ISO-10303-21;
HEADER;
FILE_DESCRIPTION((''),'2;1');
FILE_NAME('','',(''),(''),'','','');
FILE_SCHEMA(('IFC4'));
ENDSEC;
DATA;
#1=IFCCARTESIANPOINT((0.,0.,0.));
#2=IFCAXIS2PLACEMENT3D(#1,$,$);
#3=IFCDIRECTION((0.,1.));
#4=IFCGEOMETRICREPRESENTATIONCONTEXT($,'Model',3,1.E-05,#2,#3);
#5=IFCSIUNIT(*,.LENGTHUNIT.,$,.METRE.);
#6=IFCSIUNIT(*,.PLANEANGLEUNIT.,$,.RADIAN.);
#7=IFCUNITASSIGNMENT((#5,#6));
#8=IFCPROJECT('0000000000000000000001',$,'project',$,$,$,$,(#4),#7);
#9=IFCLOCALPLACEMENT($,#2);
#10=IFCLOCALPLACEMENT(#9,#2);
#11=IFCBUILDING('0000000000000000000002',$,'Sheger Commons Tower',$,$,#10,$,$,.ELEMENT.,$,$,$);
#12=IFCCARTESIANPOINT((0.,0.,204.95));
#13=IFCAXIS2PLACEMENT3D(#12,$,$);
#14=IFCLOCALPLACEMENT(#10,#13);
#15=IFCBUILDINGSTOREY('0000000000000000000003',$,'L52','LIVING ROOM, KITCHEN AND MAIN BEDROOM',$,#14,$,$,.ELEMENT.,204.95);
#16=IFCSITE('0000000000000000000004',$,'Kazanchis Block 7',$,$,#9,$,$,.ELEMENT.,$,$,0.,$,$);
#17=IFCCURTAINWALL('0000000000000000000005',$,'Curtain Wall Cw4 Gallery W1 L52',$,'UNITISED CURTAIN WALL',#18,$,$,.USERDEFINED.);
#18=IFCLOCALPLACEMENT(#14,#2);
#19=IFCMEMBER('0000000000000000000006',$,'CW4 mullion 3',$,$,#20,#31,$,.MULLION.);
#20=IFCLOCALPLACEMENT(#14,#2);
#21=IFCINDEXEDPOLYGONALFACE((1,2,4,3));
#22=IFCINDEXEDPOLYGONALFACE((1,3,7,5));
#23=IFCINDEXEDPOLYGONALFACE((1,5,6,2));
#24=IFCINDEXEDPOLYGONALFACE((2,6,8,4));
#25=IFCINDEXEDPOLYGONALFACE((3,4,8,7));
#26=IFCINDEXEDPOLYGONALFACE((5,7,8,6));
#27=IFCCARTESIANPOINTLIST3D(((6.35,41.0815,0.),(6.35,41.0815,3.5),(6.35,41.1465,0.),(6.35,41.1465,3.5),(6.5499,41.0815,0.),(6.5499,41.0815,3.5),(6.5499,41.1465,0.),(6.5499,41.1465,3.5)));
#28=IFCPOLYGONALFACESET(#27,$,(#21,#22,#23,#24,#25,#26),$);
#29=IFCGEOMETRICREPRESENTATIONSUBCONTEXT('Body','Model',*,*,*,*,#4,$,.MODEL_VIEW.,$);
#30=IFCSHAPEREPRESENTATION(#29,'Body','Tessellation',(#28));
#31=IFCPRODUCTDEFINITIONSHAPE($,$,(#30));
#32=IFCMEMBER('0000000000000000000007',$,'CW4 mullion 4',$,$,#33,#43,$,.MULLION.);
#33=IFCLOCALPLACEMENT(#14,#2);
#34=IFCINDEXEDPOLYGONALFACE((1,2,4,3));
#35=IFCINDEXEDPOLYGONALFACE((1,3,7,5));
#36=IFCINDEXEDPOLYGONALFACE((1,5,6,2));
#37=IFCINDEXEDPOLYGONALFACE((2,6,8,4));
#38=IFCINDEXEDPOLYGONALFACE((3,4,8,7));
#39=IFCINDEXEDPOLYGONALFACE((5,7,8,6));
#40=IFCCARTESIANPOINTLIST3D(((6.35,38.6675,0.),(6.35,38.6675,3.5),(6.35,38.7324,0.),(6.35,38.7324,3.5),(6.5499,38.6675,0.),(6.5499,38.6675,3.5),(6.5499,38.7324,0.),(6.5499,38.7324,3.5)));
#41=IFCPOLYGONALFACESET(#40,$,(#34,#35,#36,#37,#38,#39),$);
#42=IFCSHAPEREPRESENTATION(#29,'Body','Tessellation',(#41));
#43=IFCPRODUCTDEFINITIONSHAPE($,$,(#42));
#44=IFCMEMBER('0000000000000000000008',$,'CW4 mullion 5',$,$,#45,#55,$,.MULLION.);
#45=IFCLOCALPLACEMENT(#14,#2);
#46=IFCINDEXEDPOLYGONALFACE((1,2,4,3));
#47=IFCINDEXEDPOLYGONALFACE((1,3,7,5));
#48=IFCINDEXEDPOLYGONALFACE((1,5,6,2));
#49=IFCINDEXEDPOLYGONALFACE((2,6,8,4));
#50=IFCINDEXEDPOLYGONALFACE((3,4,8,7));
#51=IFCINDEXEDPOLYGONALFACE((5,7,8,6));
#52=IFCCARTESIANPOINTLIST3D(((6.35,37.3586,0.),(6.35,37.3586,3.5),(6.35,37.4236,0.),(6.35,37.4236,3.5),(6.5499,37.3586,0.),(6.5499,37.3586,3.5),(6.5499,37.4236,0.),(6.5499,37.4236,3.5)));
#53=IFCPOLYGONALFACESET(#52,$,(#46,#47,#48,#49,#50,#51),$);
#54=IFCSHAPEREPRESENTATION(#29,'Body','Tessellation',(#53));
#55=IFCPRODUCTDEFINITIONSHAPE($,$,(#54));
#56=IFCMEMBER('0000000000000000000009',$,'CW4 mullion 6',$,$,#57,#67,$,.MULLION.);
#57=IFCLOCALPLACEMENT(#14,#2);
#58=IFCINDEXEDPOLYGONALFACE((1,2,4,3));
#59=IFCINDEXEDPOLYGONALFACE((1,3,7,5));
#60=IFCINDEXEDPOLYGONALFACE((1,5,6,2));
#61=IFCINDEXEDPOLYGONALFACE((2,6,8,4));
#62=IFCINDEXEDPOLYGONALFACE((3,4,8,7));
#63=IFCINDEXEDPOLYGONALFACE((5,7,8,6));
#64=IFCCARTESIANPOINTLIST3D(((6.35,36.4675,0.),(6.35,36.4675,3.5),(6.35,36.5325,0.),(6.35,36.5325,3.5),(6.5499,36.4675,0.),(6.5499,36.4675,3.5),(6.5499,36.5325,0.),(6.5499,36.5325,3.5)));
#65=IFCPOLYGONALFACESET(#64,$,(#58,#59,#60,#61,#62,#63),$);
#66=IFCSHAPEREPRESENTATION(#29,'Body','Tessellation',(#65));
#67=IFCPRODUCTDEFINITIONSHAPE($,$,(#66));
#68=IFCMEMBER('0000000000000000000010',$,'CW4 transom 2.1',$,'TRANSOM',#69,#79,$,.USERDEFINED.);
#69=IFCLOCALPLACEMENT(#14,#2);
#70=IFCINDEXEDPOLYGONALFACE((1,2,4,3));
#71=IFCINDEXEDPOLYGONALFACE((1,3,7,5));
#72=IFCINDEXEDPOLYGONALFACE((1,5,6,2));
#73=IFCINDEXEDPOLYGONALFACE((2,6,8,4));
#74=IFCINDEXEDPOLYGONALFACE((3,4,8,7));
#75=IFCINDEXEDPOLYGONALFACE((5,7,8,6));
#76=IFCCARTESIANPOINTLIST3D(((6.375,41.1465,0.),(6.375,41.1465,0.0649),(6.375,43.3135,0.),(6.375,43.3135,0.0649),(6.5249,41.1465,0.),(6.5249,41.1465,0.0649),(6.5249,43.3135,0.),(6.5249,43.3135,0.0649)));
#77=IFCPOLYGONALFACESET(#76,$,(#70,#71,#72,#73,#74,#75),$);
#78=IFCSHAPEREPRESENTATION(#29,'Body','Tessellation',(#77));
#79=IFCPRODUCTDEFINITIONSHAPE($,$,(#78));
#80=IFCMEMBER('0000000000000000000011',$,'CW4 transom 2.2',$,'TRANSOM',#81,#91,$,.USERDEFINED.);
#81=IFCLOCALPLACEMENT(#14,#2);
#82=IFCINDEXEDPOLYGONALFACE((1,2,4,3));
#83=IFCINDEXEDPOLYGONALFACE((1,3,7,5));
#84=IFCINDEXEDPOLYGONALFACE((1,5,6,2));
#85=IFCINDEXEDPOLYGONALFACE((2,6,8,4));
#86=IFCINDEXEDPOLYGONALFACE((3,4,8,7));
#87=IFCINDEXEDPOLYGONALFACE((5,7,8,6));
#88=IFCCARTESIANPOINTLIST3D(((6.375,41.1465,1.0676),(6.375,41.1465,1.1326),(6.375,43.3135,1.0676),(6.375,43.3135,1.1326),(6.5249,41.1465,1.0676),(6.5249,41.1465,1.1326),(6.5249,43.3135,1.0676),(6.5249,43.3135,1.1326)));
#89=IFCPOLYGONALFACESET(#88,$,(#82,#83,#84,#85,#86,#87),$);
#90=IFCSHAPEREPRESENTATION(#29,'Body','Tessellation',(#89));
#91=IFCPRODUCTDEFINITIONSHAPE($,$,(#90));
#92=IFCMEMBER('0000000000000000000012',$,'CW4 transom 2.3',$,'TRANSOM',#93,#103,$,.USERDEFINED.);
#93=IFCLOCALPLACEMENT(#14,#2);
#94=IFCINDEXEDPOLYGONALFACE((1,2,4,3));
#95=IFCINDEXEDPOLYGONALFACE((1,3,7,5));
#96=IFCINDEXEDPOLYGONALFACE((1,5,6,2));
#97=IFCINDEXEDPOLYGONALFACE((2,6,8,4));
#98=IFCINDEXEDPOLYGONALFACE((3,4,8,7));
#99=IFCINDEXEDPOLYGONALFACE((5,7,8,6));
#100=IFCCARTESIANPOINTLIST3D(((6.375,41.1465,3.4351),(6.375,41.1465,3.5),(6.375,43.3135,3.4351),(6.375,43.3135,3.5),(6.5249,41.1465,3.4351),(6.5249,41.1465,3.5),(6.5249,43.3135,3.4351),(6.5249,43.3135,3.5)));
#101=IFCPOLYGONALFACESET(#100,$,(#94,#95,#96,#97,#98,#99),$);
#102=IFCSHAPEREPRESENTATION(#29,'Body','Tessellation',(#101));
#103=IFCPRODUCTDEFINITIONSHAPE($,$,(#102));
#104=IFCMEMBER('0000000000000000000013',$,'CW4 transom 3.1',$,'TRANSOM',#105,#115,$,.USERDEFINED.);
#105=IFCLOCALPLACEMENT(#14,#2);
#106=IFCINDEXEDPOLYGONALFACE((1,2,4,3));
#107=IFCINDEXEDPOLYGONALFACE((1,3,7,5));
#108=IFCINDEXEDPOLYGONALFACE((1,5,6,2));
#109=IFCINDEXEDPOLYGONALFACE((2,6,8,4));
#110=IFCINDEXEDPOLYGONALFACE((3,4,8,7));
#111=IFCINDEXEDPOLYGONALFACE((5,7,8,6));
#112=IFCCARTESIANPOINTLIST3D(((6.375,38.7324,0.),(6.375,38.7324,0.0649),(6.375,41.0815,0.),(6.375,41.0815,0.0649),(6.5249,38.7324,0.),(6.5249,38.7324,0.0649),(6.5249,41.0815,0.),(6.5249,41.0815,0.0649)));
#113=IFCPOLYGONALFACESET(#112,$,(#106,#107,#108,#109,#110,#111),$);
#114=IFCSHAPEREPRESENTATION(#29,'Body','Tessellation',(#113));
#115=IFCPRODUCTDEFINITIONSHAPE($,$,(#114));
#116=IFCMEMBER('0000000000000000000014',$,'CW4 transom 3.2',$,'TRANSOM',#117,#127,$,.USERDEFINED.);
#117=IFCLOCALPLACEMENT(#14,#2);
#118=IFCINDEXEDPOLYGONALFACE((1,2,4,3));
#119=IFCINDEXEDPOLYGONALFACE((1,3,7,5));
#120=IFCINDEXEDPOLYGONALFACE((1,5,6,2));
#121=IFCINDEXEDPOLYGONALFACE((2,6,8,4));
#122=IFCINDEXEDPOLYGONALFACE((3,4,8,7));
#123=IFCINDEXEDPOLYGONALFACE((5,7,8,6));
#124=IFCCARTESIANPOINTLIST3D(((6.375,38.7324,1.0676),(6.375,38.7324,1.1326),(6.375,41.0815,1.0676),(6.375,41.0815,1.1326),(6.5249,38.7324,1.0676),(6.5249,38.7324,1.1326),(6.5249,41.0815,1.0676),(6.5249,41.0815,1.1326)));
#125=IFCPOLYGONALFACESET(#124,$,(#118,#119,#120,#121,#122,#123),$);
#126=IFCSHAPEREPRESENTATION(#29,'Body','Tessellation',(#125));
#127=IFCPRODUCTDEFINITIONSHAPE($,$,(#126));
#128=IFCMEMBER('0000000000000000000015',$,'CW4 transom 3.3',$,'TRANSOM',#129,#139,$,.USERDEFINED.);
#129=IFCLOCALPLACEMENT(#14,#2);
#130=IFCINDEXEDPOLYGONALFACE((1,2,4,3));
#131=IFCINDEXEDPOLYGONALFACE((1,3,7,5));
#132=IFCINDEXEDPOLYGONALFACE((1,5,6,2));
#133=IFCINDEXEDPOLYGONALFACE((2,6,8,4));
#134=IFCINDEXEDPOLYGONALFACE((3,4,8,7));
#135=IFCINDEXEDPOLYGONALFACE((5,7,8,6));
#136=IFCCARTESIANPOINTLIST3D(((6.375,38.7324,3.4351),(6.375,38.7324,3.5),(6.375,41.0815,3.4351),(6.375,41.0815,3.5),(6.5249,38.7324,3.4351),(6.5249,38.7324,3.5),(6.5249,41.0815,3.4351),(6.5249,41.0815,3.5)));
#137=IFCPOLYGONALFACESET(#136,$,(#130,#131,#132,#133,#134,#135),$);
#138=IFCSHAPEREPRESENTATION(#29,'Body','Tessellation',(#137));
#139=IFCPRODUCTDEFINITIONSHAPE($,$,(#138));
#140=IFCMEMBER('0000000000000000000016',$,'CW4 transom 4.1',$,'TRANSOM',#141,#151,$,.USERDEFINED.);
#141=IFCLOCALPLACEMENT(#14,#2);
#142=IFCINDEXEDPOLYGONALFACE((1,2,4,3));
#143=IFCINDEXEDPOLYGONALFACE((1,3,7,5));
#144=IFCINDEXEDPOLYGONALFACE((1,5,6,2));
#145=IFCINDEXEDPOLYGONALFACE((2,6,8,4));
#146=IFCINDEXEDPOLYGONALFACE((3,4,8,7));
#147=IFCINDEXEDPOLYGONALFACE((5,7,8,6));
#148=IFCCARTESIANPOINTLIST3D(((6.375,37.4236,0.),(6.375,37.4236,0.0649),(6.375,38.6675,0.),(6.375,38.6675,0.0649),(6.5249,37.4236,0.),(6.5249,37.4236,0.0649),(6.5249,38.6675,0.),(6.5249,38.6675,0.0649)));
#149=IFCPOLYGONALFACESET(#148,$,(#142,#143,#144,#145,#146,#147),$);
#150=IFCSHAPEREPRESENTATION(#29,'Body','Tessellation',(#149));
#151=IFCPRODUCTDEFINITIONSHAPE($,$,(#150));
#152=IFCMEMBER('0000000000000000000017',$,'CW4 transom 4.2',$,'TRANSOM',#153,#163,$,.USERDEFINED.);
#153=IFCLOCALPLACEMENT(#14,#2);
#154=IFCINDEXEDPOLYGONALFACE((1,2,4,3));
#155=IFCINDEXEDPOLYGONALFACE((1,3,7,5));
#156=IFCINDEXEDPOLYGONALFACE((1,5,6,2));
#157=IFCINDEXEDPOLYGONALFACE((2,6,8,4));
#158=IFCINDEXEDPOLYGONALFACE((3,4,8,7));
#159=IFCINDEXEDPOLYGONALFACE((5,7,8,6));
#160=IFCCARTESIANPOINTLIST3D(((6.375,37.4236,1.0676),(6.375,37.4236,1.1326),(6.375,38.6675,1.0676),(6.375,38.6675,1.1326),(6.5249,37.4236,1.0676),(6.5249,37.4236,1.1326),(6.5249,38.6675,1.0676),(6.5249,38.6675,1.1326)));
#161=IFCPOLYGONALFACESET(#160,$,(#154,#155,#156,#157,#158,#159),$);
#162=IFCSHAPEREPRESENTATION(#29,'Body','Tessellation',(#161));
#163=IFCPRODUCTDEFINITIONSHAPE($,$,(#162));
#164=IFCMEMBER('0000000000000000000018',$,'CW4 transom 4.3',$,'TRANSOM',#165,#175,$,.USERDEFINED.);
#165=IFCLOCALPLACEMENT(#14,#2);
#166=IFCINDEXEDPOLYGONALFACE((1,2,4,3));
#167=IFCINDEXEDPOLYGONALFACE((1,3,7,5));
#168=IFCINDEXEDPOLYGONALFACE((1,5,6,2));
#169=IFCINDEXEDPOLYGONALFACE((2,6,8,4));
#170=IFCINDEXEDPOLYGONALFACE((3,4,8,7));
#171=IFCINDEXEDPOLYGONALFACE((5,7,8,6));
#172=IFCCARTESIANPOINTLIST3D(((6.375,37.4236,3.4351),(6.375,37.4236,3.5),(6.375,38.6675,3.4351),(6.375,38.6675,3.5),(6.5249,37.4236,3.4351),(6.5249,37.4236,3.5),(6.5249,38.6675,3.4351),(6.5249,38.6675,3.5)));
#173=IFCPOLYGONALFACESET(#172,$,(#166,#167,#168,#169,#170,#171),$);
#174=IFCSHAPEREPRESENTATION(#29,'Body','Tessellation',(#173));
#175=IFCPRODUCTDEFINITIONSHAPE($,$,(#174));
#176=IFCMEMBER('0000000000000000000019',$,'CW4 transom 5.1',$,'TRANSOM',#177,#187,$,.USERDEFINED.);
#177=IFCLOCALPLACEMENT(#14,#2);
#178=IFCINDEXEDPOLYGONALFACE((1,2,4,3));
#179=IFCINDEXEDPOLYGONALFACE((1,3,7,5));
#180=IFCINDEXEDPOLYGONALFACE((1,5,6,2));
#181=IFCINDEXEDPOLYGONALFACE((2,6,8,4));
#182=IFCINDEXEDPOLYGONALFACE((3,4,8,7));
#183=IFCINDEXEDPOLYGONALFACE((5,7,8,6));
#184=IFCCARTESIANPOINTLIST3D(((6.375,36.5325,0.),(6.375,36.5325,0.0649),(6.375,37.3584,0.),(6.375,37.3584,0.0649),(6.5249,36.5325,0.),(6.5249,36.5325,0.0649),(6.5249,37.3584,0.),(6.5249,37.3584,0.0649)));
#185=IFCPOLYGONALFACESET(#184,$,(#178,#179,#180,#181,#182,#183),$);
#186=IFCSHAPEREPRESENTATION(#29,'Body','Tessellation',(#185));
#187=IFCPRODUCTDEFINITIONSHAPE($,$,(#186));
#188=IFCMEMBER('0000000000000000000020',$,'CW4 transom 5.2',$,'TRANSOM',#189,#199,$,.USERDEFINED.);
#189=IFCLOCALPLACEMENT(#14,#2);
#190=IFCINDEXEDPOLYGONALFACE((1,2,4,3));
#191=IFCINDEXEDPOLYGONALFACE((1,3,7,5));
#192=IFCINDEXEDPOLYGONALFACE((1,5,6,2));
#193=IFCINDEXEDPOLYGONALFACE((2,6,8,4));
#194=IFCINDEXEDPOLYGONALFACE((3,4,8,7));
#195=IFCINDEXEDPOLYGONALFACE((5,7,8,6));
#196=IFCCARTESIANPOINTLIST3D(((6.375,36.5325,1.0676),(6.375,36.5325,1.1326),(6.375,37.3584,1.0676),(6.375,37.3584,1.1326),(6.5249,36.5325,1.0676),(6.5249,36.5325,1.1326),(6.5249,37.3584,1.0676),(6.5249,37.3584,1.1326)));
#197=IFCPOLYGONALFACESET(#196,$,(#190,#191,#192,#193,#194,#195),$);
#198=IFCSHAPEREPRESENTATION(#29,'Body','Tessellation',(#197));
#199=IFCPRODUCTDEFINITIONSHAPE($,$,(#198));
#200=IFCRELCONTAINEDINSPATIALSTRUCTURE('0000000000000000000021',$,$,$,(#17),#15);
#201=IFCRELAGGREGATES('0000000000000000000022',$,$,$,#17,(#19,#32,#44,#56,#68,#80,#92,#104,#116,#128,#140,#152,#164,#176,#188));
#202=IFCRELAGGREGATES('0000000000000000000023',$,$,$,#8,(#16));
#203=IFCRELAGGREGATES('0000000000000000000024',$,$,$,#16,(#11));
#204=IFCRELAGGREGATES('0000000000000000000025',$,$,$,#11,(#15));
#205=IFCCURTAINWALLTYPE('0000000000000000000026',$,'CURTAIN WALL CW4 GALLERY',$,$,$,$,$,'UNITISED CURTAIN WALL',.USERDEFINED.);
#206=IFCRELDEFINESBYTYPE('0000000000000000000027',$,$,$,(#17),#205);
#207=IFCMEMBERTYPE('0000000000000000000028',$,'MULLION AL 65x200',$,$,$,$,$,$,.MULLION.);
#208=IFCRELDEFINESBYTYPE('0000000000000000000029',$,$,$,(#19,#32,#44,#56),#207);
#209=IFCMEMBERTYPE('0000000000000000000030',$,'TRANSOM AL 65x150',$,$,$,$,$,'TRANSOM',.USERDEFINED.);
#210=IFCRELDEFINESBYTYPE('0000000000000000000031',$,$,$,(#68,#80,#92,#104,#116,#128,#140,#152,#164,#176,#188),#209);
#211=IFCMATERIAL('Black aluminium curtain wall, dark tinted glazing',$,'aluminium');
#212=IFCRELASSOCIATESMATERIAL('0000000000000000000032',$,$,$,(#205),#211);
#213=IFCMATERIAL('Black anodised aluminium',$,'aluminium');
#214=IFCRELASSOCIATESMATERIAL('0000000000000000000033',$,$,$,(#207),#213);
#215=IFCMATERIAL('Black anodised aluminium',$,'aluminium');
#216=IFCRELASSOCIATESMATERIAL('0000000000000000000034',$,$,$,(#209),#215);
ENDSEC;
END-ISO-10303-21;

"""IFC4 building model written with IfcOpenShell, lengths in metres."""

from ifc_helpers import new_model, si_unit, direction, frame, origin, origin_2d, place, context, subcontext, project, spatial, rectangle, extrude, material, material_profile, profile_set, type_object, element, aggregate, save


model = new_model("IFC4")

# Units and contexts
model_context = context("Model", 3, precision=1e-05, world=origin(), true_north=direction((0.0, 1.0)))
body_context = subcontext(model_context, "Body", "Model", "MODEL_VIEW")
ifc_project = project(units=[si_unit("LENGTHUNIT", "METRE"), si_unit("PLANEANGLEUNIT", "RADIAN")], contexts=[model_context])

# Site, building, storey
site_placement = place(None, origin())
site = spatial("IfcSite", under=ifc_project, at=site_placement, Name="Kazanchis Block 7", CompositionType="ELEMENT", RefElevation=0.0)
building_placement = place(site_placement, origin())
building = spatial("IfcBuilding", under=site, at=building_placement, Name="Sheger Commons Tower", CompositionType="ELEMENT")
storey_placement = place(building_placement, frame((0.0, 0.0, 204.95)))
storey = spatial("IfcBuildingStorey", under=building, at=storey_placement, Name="L52", Description="LIVING ROOM, KITCHEN AND MAIN BEDROOM", CompositionType="ELEMENT", Elevation=204.95)

# Curtain wall, members
ifc_material_1 = material(Name="Black aluminium curtain wall, dark tinted glazing", Category="aluminium")
curtain_wall_type = type_object("IfcCurtainWallType", Name="CURTAIN WALL CW4 GALLERY", ElementType="UNITISED CURTAIN WALL", PredefinedType="USERDEFINED", material=ifc_material_1)
curtain_wall_placement = place(storey_placement, origin())
curtain_wall = element("IfcCurtainWall", 1, at=curtain_wall_placement, inside=storey, type_object=curtain_wall_type, Name="Curtain Wall Cw4 Gallery W1 L52", ObjectType="UNITISED CURTAIN WALL", PredefinedType="USERDEFINED")
ifc_material_2 = material(Name="Black anodised aluminium", Category="aluminium")
ifc_material_profile_1 = material_profile(ifc_material_2, rectangle(XDim=0.2, YDim=0.0649, at=origin_2d()), Name="AL 65x200")
ifc_profile_set_1 = profile_set([ifc_material_profile_1], Name="Black anodised aluminium")
member_type_1 = type_object("IfcMemberType", Name="MULLION AL 65x200", PredefinedType="MULLION", material=ifc_profile_set_1)
member_1_placement = place(storey_placement, frame((6.45, 41.114, 0.0), z_axis=(0.0, 0.0, 1.0), x_axis=(1.0, 0.0, 0.0)))
member_1 = element("IfcMember", 2, at=member_1_placement, type_object=member_type_1, Name="CW4 mullion 3", PredefinedType="MULLION", context=body_context, shape_type="SweptSolid", body=[
    extrude(rectangle(XDim=0.2, YDim=0.0649, at=origin_2d()), origin(), (0.0, 0.0, 1.0), 3.5),
])
member_2_placement = place(storey_placement, frame((6.45, 38.7, 0.0), z_axis=(0.0, 0.0, 1.0), x_axis=(1.0, 0.0, 0.0)))
member_2 = element("IfcMember", 3, at=member_2_placement, type_object=member_type_1, Name="CW4 mullion 4", PredefinedType="MULLION", context=body_context, shape_type="SweptSolid", body=[
    extrude(rectangle(XDim=0.2, YDim=0.0649, at=origin_2d()), origin(), (0.0, 0.0, 1.0), 3.5),
])
member_3_placement = place(storey_placement, frame((6.45, 37.3911, 0.0), z_axis=(0.0, 0.0, 1.0), x_axis=(1.0, 0.0, 0.0)))
member_3 = element("IfcMember", 4, at=member_3_placement, type_object=member_type_1, Name="CW4 mullion 5", PredefinedType="MULLION", context=body_context, shape_type="SweptSolid", body=[
    extrude(rectangle(XDim=0.2, YDim=0.0649, at=origin_2d()), origin(), (0.0, 0.0, 1.0), 3.5),
])
member_4_placement = place(storey_placement, frame((6.45, 36.5, 0.0), z_axis=(0.0, 0.0, 1.0), x_axis=(1.0, 0.0, 0.0)))
member_4 = element("IfcMember", 5, at=member_4_placement, type_object=member_type_1, Name="CW4 mullion 6", PredefinedType="MULLION", context=body_context, shape_type="SweptSolid", body=[
    extrude(rectangle(XDim=0.2, YDim=0.0649, at=origin_2d()), origin(), (0.0, 0.0, 1.0), 3.5),
])
ifc_material_3 = material(Name="Black anodised aluminium", Category="aluminium")
ifc_material_profile_2 = material_profile(ifc_material_3, rectangle(XDim=0.1499, YDim=0.0649, at=origin_2d()), Name="AL 65x150")
ifc_profile_set_2 = profile_set([ifc_material_profile_2], Name="Black anodised aluminium")
member_type_2 = type_object("IfcMemberType", Name="TRANSOM AL 65x150", ElementType="TRANSOM", PredefinedType="USERDEFINED", material=ifc_profile_set_2)
member_5_placement = place(storey_placement, frame((6.45, 43.3135, 0.0325), z_axis=(0.0, -1.0, 0.0), x_axis=(1.0, 0.0, 0.0)))
member_5 = element("IfcMember", 6, at=member_5_placement, type_object=member_type_2, Name="CW4 transom 2.1", ObjectType="TRANSOM", PredefinedType="USERDEFINED", context=body_context, shape_type="SweptSolid", body=[
    extrude(rectangle(XDim=0.1499, YDim=0.0649, at=origin_2d()), origin(), (0.0, 0.0, 1.0), 2.167),
])
member_6_placement = place(storey_placement, frame((6.45, 43.3135, 1.1001), z_axis=(0.0, -1.0, 0.0), x_axis=(1.0, 0.0, 0.0)))
member_6 = element("IfcMember", 7, at=member_6_placement, type_object=member_type_2, Name="CW4 transom 2.2", ObjectType="TRANSOM", PredefinedType="USERDEFINED", context=body_context, shape_type="SweptSolid", body=[
    extrude(rectangle(XDim=0.1499, YDim=0.0649, at=origin_2d()), origin(), (0.0, 0.0, 1.0), 2.167),
])
member_7_placement = place(storey_placement, frame((6.45, 43.3135, 3.4675), z_axis=(0.0, -1.0, 0.0), x_axis=(1.0, 0.0, 0.0)))
member_7 = element("IfcMember", 8, at=member_7_placement, type_object=member_type_2, Name="CW4 transom 2.3", ObjectType="TRANSOM", PredefinedType="USERDEFINED", context=body_context, shape_type="SweptSolid", body=[
    extrude(rectangle(XDim=0.1499, YDim=0.0649, at=origin_2d()), origin(), (0.0, 0.0, 1.0), 2.167),
])
member_8_placement = place(storey_placement, frame((6.45, 41.0815, 0.0325), z_axis=(0.0, -1.0, 0.0), x_axis=(1.0, 0.0, 0.0)))
member_8 = element("IfcMember", 9, at=member_8_placement, type_object=member_type_2, Name="CW4 transom 3.1", ObjectType="TRANSOM", PredefinedType="USERDEFINED", context=body_context, shape_type="SweptSolid", body=[
    extrude(rectangle(XDim=0.1499, YDim=0.0649, at=origin_2d()), origin(), (0.0, 0.0, 1.0), 2.3491),
])
member_9_placement = place(storey_placement, frame((6.45, 41.0815, 1.1001), z_axis=(0.0, -1.0, 0.0), x_axis=(1.0, 0.0, 0.0)))
member_9 = element("IfcMember", 10, at=member_9_placement, type_object=member_type_2, Name="CW4 transom 3.2", ObjectType="TRANSOM", PredefinedType="USERDEFINED", context=body_context, shape_type="SweptSolid", body=[
    extrude(rectangle(XDim=0.1499, YDim=0.0649, at=origin_2d()), origin(), (0.0, 0.0, 1.0), 2.3491),
])
member_10_placement = place(storey_placement, frame((6.45, 41.0815, 3.4675), z_axis=(0.0, -1.0, 0.0), x_axis=(1.0, 0.0, 0.0)))
member_10 = element("IfcMember", 11, at=member_10_placement, type_object=member_type_2, Name="CW4 transom 3.3", ObjectType="TRANSOM", PredefinedType="USERDEFINED", context=body_context, shape_type="SweptSolid", body=[
    extrude(rectangle(XDim=0.1499, YDim=0.0649, at=origin_2d()), origin(), (0.0, 0.0, 1.0), 2.3491),
])
member_11_placement = place(storey_placement, frame((6.45, 38.6675, 0.0325), z_axis=(0.0, -1.0, 0.0), x_axis=(1.0, 0.0, 0.0)))
member_11 = element("IfcMember", 12, at=member_11_placement, type_object=member_type_2, Name="CW4 transom 4.1", ObjectType="TRANSOM", PredefinedType="USERDEFINED", context=body_context, shape_type="SweptSolid", body=[
    extrude(rectangle(XDim=0.1499, YDim=0.0649, at=origin_2d()), origin(), (0.0, 0.0, 1.0), 1.2439),
])
member_12_placement = place(storey_placement, frame((6.45, 38.6675, 1.1001), z_axis=(0.0, -1.0, 0.0), x_axis=(1.0, 0.0, 0.0)))
member_12 = element("IfcMember", 13, at=member_12_placement, type_object=member_type_2, Name="CW4 transom 4.2", ObjectType="TRANSOM", PredefinedType="USERDEFINED", context=body_context, shape_type="SweptSolid", body=[
    extrude(rectangle(XDim=0.1499, YDim=0.0649, at=origin_2d()), origin(), (0.0, 0.0, 1.0), 1.2439),
])
member_13_placement = place(storey_placement, frame((6.45, 38.6675, 3.4675), z_axis=(0.0, -1.0, 0.0), x_axis=(1.0, 0.0, 0.0)))
member_13 = element("IfcMember", 14, at=member_13_placement, type_object=member_type_2, Name="CW4 transom 4.3", ObjectType="TRANSOM", PredefinedType="USERDEFINED", context=body_context, shape_type="SweptSolid", body=[
    extrude(rectangle(XDim=0.1499, YDim=0.0649, at=origin_2d()), origin(), (0.0, 0.0, 1.0), 1.2439),
])
member_14_placement = place(storey_placement, frame((6.45, 37.3584, 0.0325), z_axis=(0.0, -1.0, 0.0), x_axis=(1.0, 0.0, 0.0)))
member_14 = element("IfcMember", 15, at=member_14_placement, type_object=member_type_2, Name="CW4 transom 5.1", ObjectType="TRANSOM", PredefinedType="USERDEFINED", context=body_context, shape_type="SweptSolid", body=[
    extrude(rectangle(XDim=0.1499, YDim=0.0649, at=origin_2d()), origin(), (0.0, 0.0, 1.0), 0.8259),
])
member_15_placement = place(storey_placement, frame((6.45, 37.3584, 1.1001), z_axis=(0.0, -1.0, 0.0), x_axis=(1.0, 0.0, 0.0)))
member_15 = element("IfcMember", 16, at=member_15_placement, type_object=member_type_2, Name="CW4 transom 5.2", ObjectType="TRANSOM", PredefinedType="USERDEFINED", context=body_context, shape_type="SweptSolid", body=[
    extrude(rectangle(XDim=0.1499, YDim=0.0649, at=origin_2d()), origin(), (0.0, 0.0, 1.0), 0.8259),
])
aggregate(curtain_wall, [member_1, member_2, member_3, member_4, member_5, member_6, member_7, member_8, member_9, member_10, member_11, member_12, member_13, member_14, member_15])

save(model, "model.ifc")
